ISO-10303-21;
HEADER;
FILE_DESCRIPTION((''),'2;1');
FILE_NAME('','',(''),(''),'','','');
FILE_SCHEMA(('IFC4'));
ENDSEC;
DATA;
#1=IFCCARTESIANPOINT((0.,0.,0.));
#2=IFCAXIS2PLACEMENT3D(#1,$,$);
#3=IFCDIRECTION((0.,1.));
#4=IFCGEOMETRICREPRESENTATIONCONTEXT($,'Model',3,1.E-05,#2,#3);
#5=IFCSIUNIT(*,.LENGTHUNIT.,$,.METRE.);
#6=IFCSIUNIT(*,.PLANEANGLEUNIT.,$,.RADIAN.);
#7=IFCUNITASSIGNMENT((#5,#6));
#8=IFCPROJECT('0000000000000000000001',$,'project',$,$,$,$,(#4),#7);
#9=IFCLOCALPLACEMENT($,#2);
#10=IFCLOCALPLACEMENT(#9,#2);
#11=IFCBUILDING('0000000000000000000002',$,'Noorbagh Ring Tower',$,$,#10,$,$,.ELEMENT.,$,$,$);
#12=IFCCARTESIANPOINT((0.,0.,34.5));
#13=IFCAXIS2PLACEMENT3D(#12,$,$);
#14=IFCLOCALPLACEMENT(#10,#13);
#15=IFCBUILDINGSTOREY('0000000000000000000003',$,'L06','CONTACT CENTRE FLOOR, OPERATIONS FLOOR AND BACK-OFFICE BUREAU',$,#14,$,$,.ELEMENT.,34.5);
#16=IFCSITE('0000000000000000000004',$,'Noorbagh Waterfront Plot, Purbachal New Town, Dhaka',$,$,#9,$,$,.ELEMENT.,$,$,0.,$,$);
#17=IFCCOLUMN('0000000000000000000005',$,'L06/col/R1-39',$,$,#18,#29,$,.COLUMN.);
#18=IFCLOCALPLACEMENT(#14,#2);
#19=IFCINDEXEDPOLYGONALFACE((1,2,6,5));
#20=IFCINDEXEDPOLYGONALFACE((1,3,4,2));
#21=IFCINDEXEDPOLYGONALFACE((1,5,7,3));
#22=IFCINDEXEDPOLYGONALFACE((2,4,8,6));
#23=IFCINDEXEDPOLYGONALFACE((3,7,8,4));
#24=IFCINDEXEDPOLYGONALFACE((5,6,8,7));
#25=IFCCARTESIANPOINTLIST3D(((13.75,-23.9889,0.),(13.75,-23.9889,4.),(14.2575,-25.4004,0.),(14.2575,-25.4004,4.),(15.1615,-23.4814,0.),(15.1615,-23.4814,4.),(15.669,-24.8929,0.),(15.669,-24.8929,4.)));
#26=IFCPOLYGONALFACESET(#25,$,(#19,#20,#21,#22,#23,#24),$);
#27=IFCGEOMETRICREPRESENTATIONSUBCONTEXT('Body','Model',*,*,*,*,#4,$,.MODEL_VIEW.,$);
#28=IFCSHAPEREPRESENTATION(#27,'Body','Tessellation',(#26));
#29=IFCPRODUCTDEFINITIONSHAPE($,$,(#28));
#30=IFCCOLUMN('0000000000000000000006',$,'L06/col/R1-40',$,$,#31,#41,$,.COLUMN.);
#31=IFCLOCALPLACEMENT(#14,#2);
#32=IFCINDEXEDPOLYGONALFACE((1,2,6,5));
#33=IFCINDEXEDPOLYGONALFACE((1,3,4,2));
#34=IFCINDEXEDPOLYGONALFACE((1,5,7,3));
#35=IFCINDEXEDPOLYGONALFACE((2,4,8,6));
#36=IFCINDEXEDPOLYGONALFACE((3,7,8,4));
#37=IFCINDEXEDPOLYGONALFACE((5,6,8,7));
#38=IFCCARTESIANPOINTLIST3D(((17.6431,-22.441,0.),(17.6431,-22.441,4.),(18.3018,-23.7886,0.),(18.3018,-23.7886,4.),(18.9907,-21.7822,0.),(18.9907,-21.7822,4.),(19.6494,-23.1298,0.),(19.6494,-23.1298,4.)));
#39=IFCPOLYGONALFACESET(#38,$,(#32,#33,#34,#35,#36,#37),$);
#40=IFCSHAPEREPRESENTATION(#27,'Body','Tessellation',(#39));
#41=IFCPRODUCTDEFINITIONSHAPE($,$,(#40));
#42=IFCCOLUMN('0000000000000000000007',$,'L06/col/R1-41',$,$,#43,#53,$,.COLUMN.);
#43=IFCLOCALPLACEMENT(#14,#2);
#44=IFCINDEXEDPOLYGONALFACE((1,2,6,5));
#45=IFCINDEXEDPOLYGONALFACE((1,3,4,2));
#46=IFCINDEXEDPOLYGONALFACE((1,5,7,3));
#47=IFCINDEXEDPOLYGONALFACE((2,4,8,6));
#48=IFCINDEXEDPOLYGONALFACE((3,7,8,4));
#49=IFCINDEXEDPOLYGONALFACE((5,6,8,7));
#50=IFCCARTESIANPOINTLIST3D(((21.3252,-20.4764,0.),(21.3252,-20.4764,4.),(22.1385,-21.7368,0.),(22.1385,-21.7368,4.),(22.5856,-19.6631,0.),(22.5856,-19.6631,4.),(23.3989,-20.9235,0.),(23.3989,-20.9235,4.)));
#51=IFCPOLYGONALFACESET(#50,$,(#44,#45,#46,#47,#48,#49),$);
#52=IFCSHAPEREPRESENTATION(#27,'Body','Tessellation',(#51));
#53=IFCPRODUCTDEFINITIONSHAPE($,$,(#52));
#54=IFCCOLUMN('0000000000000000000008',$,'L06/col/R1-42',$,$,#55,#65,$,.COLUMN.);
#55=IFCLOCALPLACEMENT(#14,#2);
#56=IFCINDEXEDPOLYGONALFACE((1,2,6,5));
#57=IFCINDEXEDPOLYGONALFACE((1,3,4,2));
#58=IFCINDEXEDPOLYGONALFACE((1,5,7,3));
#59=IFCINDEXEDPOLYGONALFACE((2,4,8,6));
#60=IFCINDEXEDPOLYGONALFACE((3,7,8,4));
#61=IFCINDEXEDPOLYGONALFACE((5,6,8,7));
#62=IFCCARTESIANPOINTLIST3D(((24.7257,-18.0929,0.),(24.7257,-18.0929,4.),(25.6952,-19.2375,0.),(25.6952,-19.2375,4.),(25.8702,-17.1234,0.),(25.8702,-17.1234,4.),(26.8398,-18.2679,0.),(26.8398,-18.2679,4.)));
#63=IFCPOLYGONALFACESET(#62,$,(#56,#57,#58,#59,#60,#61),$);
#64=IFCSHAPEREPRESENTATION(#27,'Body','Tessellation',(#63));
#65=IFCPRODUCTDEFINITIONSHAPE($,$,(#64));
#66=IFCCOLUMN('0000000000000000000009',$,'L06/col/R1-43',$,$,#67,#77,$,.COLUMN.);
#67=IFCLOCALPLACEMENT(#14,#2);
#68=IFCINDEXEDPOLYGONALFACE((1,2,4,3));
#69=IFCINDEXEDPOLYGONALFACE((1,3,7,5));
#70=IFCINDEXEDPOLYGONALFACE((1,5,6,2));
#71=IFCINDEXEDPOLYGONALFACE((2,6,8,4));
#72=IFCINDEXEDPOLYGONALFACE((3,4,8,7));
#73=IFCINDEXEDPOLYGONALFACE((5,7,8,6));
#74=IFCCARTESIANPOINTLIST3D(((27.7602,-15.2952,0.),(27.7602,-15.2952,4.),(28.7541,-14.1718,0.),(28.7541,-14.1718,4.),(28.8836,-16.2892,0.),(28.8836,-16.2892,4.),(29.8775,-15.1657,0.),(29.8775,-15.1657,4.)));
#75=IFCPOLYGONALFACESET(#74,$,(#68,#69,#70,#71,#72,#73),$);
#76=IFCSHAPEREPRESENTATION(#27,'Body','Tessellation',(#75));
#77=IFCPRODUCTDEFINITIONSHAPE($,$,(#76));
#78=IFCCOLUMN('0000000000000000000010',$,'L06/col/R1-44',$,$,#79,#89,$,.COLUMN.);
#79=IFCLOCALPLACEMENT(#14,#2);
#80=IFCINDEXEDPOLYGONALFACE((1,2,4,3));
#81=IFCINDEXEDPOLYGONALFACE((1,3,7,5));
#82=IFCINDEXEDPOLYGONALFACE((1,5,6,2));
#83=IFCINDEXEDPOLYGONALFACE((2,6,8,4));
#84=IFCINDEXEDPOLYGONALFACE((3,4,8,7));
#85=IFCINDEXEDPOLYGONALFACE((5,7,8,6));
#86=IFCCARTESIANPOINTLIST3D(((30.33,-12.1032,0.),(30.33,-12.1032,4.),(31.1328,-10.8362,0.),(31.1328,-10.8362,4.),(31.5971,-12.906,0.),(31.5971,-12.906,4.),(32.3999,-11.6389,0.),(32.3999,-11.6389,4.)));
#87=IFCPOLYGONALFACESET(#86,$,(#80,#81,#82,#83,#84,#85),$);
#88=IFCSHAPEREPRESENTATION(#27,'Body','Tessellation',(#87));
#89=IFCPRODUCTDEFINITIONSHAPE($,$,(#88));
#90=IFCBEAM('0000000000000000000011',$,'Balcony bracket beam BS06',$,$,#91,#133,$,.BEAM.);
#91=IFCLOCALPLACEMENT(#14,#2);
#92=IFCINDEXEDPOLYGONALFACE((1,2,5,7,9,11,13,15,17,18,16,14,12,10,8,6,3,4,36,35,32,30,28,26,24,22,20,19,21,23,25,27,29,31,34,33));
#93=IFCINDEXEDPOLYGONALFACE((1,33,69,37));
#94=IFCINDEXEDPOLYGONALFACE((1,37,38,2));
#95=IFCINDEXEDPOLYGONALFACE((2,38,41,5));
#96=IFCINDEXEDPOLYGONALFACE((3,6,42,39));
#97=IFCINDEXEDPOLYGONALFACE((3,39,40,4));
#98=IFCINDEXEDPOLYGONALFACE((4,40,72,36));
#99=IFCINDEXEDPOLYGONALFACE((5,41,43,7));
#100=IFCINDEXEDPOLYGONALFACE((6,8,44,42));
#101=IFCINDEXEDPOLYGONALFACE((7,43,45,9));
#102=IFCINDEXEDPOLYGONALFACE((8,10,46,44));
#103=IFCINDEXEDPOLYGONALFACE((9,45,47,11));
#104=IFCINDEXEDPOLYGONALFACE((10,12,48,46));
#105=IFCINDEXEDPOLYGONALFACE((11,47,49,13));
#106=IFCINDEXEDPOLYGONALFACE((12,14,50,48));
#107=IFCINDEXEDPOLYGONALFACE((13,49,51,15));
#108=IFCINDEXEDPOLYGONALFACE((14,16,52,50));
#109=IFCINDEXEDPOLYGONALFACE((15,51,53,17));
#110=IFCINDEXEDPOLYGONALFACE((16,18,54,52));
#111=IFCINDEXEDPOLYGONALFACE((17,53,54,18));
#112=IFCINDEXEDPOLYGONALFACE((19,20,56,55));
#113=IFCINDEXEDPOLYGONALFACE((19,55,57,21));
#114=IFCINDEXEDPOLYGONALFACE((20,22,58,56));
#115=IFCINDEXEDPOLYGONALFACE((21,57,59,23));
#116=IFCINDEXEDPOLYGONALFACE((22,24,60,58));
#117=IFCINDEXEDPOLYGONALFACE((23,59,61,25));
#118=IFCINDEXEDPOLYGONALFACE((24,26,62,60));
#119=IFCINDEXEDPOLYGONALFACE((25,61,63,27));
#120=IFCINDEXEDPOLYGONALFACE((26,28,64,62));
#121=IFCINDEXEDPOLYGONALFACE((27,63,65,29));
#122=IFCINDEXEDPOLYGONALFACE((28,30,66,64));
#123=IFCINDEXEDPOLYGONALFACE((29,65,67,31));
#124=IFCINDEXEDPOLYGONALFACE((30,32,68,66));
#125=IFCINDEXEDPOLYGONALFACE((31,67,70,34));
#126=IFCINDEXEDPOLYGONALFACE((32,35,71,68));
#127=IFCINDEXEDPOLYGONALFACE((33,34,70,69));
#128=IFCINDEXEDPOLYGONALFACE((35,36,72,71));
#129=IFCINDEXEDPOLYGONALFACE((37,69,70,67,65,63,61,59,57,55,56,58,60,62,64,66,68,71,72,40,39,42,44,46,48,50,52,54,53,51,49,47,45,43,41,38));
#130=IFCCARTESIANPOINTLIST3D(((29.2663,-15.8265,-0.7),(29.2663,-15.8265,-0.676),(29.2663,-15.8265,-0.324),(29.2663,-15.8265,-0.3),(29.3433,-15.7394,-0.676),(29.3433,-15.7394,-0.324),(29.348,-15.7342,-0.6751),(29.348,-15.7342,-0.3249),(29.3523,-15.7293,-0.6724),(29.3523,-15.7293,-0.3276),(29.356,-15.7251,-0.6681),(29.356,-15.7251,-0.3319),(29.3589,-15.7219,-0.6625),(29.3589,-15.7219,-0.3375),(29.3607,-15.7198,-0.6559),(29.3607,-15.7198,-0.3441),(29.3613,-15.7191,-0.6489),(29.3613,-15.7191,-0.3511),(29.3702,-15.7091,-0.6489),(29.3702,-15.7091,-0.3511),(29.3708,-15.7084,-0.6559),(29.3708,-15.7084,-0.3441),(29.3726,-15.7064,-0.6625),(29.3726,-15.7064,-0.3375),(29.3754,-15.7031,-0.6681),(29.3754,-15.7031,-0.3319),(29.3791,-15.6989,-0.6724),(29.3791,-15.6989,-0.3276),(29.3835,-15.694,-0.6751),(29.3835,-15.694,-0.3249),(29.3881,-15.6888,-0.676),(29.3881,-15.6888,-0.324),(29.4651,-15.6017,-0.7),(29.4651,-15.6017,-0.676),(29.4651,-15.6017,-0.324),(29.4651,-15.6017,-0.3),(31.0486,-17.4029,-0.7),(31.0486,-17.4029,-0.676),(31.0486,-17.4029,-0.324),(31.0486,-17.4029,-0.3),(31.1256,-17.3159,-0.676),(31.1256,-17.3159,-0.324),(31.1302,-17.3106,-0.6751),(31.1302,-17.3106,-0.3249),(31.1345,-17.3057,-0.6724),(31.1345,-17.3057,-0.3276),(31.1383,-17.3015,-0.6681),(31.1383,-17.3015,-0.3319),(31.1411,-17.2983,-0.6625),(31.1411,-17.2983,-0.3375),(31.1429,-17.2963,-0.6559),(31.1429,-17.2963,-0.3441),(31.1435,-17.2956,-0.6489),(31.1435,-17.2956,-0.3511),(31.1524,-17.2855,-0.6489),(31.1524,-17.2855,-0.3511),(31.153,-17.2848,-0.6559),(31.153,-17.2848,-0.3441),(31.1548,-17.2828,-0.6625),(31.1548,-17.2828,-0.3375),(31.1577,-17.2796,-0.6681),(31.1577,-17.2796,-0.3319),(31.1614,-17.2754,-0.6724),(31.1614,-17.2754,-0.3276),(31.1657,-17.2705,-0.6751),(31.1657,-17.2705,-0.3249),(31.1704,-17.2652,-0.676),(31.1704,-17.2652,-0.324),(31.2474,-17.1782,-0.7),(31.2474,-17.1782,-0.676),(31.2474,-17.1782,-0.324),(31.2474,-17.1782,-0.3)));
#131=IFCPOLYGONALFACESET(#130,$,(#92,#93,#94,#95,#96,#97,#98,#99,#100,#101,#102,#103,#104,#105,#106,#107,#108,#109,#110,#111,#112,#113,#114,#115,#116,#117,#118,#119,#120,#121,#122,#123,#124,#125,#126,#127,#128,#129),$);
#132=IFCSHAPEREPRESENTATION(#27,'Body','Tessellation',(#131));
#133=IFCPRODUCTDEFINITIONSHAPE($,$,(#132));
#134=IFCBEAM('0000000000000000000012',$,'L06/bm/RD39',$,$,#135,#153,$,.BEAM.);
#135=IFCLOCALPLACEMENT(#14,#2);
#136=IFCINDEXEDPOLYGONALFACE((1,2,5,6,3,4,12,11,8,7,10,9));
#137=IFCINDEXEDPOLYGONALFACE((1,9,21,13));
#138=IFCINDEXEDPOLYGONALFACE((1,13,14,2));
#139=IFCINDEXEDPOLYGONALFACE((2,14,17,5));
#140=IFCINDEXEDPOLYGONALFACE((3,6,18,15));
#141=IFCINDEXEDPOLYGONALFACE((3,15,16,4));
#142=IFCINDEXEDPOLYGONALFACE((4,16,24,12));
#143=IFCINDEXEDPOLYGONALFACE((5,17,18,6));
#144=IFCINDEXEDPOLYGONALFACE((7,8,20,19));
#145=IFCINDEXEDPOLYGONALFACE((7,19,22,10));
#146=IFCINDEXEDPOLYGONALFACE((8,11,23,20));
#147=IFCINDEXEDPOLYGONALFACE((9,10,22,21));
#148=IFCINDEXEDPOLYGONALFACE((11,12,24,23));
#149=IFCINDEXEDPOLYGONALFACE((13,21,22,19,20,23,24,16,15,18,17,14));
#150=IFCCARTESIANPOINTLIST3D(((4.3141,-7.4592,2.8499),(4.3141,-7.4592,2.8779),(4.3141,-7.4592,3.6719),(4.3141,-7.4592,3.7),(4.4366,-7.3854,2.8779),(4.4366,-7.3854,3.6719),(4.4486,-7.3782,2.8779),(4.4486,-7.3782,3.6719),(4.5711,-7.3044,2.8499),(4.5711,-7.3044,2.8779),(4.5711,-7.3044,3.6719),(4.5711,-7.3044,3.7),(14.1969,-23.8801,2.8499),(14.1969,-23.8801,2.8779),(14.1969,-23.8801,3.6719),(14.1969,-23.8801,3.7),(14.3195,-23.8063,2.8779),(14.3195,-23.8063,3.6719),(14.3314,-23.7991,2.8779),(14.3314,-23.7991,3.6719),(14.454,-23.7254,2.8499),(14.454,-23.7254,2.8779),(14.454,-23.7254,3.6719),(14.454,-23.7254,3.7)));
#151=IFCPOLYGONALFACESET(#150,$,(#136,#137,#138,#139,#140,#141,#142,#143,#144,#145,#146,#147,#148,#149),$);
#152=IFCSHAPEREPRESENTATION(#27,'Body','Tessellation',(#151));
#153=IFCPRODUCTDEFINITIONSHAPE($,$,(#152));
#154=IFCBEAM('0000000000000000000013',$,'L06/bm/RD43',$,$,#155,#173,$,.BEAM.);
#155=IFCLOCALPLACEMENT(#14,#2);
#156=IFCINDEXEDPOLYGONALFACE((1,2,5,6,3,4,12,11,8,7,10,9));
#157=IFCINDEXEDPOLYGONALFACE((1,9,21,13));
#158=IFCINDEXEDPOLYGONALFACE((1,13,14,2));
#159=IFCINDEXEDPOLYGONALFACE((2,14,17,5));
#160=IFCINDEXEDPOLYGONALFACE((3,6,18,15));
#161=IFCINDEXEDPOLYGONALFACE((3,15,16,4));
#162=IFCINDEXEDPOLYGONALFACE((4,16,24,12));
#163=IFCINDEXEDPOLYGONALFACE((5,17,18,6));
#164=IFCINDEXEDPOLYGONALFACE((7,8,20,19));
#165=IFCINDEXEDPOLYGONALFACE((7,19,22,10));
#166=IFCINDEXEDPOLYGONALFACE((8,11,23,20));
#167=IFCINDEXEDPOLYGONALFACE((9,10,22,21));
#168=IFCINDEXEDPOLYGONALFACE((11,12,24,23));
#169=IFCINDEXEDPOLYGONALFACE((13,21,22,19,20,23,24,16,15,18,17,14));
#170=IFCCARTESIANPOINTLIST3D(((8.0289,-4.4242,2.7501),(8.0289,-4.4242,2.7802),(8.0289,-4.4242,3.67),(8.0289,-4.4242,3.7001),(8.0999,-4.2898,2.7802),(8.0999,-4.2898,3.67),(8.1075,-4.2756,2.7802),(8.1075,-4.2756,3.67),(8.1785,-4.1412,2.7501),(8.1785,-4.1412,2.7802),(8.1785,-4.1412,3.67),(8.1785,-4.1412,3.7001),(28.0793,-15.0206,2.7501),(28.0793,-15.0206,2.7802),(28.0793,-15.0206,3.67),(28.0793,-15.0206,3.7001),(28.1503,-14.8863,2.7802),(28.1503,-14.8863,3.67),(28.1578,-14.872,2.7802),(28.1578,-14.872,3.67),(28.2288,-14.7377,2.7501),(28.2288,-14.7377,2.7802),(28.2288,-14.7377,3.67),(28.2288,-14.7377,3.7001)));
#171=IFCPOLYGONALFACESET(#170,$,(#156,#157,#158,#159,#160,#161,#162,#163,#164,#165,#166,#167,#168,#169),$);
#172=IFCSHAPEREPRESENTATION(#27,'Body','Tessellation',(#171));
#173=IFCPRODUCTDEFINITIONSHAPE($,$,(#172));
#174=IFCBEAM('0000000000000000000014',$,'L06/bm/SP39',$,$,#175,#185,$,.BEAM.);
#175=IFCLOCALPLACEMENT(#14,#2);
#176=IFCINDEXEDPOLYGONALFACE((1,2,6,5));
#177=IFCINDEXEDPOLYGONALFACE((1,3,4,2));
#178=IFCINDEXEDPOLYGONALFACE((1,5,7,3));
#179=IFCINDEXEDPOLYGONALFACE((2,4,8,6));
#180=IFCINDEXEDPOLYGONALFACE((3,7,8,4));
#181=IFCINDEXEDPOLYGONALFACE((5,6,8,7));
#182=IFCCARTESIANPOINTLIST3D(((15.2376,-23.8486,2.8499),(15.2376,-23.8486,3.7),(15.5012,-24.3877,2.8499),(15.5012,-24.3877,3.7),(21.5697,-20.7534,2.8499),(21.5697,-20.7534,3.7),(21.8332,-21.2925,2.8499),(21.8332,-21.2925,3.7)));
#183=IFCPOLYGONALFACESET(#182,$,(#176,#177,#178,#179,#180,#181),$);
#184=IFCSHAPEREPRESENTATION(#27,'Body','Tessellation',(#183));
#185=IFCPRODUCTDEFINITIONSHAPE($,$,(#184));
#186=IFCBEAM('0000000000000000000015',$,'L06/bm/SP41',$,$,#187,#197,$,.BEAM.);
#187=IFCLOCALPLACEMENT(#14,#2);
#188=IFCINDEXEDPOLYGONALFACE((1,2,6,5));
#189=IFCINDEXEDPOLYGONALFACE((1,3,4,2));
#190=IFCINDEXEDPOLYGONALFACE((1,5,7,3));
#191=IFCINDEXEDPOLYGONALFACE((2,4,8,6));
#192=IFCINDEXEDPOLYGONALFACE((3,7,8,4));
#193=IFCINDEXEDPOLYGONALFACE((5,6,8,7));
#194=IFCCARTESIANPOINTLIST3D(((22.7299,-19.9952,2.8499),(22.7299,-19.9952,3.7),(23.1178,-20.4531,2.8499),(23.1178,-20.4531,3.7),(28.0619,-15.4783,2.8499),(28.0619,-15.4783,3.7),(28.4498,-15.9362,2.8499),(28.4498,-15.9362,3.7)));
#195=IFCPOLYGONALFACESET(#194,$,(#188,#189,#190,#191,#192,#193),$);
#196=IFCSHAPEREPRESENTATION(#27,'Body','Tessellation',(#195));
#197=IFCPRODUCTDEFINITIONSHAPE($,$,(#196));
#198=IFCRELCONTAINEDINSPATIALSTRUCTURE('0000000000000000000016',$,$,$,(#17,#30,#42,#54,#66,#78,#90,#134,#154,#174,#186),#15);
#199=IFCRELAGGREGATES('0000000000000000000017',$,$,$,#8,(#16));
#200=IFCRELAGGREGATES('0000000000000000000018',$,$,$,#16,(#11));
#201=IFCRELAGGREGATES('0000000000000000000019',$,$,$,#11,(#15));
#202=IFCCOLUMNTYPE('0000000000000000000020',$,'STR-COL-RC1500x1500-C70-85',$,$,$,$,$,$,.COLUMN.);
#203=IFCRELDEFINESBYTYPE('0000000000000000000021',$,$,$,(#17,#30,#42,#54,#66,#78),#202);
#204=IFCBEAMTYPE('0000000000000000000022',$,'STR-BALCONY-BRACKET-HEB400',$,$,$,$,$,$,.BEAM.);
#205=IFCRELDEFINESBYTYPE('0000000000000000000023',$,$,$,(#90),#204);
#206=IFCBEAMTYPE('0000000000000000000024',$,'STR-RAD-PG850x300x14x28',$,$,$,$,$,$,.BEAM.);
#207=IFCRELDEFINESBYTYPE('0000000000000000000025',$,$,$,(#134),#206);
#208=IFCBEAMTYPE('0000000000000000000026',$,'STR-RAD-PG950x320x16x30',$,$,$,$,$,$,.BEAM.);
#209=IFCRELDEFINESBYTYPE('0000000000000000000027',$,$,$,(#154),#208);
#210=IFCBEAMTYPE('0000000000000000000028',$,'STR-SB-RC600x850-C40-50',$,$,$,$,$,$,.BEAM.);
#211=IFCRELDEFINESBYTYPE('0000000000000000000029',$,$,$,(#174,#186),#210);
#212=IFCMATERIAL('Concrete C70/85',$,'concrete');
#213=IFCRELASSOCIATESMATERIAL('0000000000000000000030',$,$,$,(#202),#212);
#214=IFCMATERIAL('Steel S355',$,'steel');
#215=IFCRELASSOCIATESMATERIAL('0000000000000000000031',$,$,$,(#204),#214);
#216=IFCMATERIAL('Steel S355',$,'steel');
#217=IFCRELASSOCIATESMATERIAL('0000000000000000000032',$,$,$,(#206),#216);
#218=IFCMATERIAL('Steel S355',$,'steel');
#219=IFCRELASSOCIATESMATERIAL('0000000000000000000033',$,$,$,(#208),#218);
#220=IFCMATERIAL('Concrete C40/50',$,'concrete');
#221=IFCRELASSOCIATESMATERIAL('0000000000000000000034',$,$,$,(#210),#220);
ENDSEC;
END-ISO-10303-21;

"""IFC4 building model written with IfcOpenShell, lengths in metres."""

from ifc_helpers import new_model, si_unit, direction, frame, origin, origin_2d, place, context, subcontext, project, spatial, rectangle, i_section, extrude, material, material_profile, profile_set, type_object, element, save


model = new_model("IFC4")

# Units and contexts
model_context = context("Model", 3, precision=1e-05, world=origin(), true_north=direction((0.0, 1.0)))
body_context = subcontext(model_context, "Body", "Model", "MODEL_VIEW")
ifc_project = project(units=[si_unit("LENGTHUNIT", "METRE"), si_unit("PLANEANGLEUNIT", "RADIAN")], contexts=[model_context])

# Site, building, storey
site_placement = place(None, origin())
site = spatial("IfcSite", under=ifc_project, at=site_placement, Name="Noorbagh Waterfront Plot, Purbachal New Town, Dhaka", CompositionType="ELEMENT", RefElevation=0.0)
building_placement = place(site_placement, origin())
building = spatial("IfcBuilding", under=site, at=building_placement, Name="Noorbagh Ring Tower", CompositionType="ELEMENT")
storey_placement = place(building_placement, frame((0.0, 0.0, 34.5)))
storey = spatial("IfcBuildingStorey", under=building, at=storey_placement, Name="L06", Description="CONTACT CENTRE FLOOR, OPERATIONS FLOOR AND BACK-OFFICE BUREAU", CompositionType="ELEMENT", Elevation=34.5)

# Columns
ifc_material_1 = material(Name="Concrete C70/85", Category="concrete")
ifc_material_profile_1 = material_profile(ifc_material_1, rectangle(XDim=1.5, YDim=1.5, at=origin_2d()), Name="RC1500x1500")
ifc_profile_set_1 = profile_set([ifc_material_profile_1], Name="Concrete C70/85")
column_type = type_object("IfcColumnType", Name="STR-COL-RC1500x1500-C70-85", PredefinedType="COLUMN", material=ifc_profile_set_1)
for number, where, z_axis, x_axis, name in (
    (1, (14.7095, -24.4409, 0.0), (0.0, 0.0, 1.0), (0.941025, 0.338338, 0.0), "L06/col/R1-39"),
    (2, (18.6462, -22.7854, 0.0), (0.0, 0.0, 1.0), (0.898399, 0.43918, 0.0), "L06/col/R1-40"),
    (3, (22.3621, -20.7, 0.0), (0.0, 0.0, 1.0), (0.840248, 0.542203, 0.0), "L06/col/R1-41"),
    (4, (25.7827, -18.1804, 0.0), (0.0, 0.0, 1.0), (0.763035, 0.646357, 0.0), "L06/col/R1-42"),
    (5, (28.8188, -15.2305, 0.0), (0.0, 0.0, 1.0), (0.662636, 0.748942, 0.0), "L06/col/R1-43"),
    (6, (31.365, -11.8711, 0.0), (0.0, 0.0, 1.0), (0.53519, 0.844731, 0.0), "L06/col/R1-44"),
):
    element("IfcColumn", number, at=place(storey_placement, frame(where, z_axis=z_axis, x_axis=x_axis)), inside=storey, type_object=column_type, Name=name, PredefinedType="COLUMN", context=body_context, shape_type="SweptSolid", body=[
        extrude(rectangle(XDim=1.5, YDim=1.5, at=origin_2d()), origin(), (0.0, 0.0, 1.0), 4.0),
    ])

# Beams
ifc_material_2 = material(Name="Steel S355", Category="steel")
ifc_material_profile_2 = material_profile(ifc_material_2, i_section(OverallWidth=0.3, OverallDepth=0.3999, WebThickness=0.0134, FlangeThickness=0.0239, FilletRadius=0.0271, at=origin_2d()), Name="HEB400")
ifc_profile_set_2 = profile_set([ifc_material_profile_2], Name="Steel S355")
beam_type_1 = type_object("IfcBeamType", Name="STR-BALCONY-BRACKET-HEB400", PredefinedType="BEAM", material=ifc_profile_set_2)
beam_1_placement = place(storey_placement, frame((29.3657, -15.7141, -0.5), z_axis=(0.749032, -0.662534, 0.0), x_axis=(0.662534, 0.749032, 0.0)))
element("IfcBeam", 7, at=beam_1_placement, inside=storey, type_object=beam_type_1, Name="Balcony bracket beam BS06", PredefinedType="BEAM", context=body_context, shape_type="SweptSolid", body=[
    extrude(i_section(OverallWidth=0.3, OverallDepth=0.3999, WebThickness=0.0134, FlangeThickness=0.0239, FilletRadius=0.0271, at=origin_2d()), origin(), (0.0, 0.0, 1.0), 2.3794),
])
ifc_material_3 = material(Name="Steel S355", Category="steel")
ifc_material_profile_3 = material_profile(ifc_material_3, i_section(OverallWidth=0.3, OverallDepth=0.8501, WebThickness=0.0139, FlangeThickness=0.0281, at=origin_2d()), Name="PG850x300x14x28")
ifc_profile_set_3 = profile_set([ifc_material_profile_3], Name="Steel S355")
beam_type_2 = type_object("IfcBeamType", Name="STR-RAD-PG850x300x14x28", PredefinedType="BEAM", material=ifc_profile_set_3)
beam_2_placement = place(storey_placement, frame((14.3254, -23.8027, 3.2749), z_axis=(-0.515657, 0.856795, 0.0), x_axis=(-0.856795, -0.515657, 0.0)))
element("IfcBeam", 8, at=beam_2_placement, inside=storey, type_object=beam_type_2, Name="L06/bm/RD39", PredefinedType="BEAM", context=body_context, shape_type="SweptSolid", body=[
    extrude(i_section(OverallWidth=0.3, OverallDepth=0.8501, WebThickness=0.0139, FlangeThickness=0.0281, at=origin_2d()), origin(), (0.0, 0.0, 1.0), 19.1655),
])
ifc_material_4 = material(Name="Steel S355", Category="steel")
ifc_material_profile_4 = material_profile(ifc_material_4, i_section(OverallWidth=0.3201, OverallDepth=0.95, WebThickness=0.0161, FlangeThickness=0.03, at=origin_2d()), Name="PG950x320x16x30")
ifc_profile_set_4 = profile_set([ifc_material_profile_4], Name="Steel S355")
beam_type_3 = type_object("IfcBeamType", Name="STR-RAD-PG950x320x16x30", PredefinedType="BEAM", material=ifc_profile_set_4)
beam_3_placement = place(storey_placement, frame((28.1541, -14.8792, 3.2251), z_axis=(-0.884124, 0.467253, 0.0), x_axis=(-0.467253, -0.884124, 0.0)))
element("IfcBeam", 9, at=beam_3_placement, inside=storey, type_object=beam_type_3, Name="L06/bm/RD43", PredefinedType="BEAM", context=body_context, shape_type="SweptSolid", body=[
    extrude(i_section(OverallWidth=0.3201, OverallDepth=0.95, WebThickness=0.0161, FlangeThickness=0.03, at=origin_2d()), origin(), (0.0, 0.0, 1.0), 22.6782),
])
ifc_material_5 = material(Name="Concrete C40/50", Category="concrete")
ifc_material_profile_5 = material_profile(ifc_material_5, rectangle(XDim=0.6001, YDim=0.8501, at=origin_2d()), Name="RC600x850")
ifc_profile_set_5 = profile_set([ifc_material_profile_5], Name="Concrete C40/50")
beam_type_4 = type_object("IfcBeamType", Name="STR-SB-RC600x850-C40-50", PredefinedType="BEAM", material=ifc_profile_set_5)
beam_4_placement = place(storey_placement, frame((15.3694, -24.1182, 3.2749), z_axis=(0.898409, 0.439159, 0.0), x_axis=(-0.439159, 0.898409, 0.0)))
element("IfcBeam", 10, at=beam_4_placement, inside=storey, type_object=beam_type_4, Name="L06/bm/SP39", PredefinedType="BEAM", context=body_context, shape_type="SweptSolid", body=[
    extrude(rectangle(XDim=0.6001, YDim=0.8501, at=origin_2d()), origin(), (0.0, 0.0, 1.0), 7.0481),
])
beam_5_placement = place(storey_placement, frame((22.9238, -20.2241, 3.2749), z_axis=(0.763024, 0.64637, 0.0), x_axis=(-0.64637, 0.763024, 0.0)))
element("IfcBeam", 11, at=beam_5_placement, inside=storey, type_object=beam_type_4, Name="L06/bm/SP41", PredefinedType="BEAM", context=body_context, shape_type="SweptSolid", body=[
    extrude(rectangle(XDim=0.6001, YDim=0.8501, at=origin_2d()), origin(), (0.0, 0.0, 1.0), 6.988),
])

save(model, "model.ifc")
